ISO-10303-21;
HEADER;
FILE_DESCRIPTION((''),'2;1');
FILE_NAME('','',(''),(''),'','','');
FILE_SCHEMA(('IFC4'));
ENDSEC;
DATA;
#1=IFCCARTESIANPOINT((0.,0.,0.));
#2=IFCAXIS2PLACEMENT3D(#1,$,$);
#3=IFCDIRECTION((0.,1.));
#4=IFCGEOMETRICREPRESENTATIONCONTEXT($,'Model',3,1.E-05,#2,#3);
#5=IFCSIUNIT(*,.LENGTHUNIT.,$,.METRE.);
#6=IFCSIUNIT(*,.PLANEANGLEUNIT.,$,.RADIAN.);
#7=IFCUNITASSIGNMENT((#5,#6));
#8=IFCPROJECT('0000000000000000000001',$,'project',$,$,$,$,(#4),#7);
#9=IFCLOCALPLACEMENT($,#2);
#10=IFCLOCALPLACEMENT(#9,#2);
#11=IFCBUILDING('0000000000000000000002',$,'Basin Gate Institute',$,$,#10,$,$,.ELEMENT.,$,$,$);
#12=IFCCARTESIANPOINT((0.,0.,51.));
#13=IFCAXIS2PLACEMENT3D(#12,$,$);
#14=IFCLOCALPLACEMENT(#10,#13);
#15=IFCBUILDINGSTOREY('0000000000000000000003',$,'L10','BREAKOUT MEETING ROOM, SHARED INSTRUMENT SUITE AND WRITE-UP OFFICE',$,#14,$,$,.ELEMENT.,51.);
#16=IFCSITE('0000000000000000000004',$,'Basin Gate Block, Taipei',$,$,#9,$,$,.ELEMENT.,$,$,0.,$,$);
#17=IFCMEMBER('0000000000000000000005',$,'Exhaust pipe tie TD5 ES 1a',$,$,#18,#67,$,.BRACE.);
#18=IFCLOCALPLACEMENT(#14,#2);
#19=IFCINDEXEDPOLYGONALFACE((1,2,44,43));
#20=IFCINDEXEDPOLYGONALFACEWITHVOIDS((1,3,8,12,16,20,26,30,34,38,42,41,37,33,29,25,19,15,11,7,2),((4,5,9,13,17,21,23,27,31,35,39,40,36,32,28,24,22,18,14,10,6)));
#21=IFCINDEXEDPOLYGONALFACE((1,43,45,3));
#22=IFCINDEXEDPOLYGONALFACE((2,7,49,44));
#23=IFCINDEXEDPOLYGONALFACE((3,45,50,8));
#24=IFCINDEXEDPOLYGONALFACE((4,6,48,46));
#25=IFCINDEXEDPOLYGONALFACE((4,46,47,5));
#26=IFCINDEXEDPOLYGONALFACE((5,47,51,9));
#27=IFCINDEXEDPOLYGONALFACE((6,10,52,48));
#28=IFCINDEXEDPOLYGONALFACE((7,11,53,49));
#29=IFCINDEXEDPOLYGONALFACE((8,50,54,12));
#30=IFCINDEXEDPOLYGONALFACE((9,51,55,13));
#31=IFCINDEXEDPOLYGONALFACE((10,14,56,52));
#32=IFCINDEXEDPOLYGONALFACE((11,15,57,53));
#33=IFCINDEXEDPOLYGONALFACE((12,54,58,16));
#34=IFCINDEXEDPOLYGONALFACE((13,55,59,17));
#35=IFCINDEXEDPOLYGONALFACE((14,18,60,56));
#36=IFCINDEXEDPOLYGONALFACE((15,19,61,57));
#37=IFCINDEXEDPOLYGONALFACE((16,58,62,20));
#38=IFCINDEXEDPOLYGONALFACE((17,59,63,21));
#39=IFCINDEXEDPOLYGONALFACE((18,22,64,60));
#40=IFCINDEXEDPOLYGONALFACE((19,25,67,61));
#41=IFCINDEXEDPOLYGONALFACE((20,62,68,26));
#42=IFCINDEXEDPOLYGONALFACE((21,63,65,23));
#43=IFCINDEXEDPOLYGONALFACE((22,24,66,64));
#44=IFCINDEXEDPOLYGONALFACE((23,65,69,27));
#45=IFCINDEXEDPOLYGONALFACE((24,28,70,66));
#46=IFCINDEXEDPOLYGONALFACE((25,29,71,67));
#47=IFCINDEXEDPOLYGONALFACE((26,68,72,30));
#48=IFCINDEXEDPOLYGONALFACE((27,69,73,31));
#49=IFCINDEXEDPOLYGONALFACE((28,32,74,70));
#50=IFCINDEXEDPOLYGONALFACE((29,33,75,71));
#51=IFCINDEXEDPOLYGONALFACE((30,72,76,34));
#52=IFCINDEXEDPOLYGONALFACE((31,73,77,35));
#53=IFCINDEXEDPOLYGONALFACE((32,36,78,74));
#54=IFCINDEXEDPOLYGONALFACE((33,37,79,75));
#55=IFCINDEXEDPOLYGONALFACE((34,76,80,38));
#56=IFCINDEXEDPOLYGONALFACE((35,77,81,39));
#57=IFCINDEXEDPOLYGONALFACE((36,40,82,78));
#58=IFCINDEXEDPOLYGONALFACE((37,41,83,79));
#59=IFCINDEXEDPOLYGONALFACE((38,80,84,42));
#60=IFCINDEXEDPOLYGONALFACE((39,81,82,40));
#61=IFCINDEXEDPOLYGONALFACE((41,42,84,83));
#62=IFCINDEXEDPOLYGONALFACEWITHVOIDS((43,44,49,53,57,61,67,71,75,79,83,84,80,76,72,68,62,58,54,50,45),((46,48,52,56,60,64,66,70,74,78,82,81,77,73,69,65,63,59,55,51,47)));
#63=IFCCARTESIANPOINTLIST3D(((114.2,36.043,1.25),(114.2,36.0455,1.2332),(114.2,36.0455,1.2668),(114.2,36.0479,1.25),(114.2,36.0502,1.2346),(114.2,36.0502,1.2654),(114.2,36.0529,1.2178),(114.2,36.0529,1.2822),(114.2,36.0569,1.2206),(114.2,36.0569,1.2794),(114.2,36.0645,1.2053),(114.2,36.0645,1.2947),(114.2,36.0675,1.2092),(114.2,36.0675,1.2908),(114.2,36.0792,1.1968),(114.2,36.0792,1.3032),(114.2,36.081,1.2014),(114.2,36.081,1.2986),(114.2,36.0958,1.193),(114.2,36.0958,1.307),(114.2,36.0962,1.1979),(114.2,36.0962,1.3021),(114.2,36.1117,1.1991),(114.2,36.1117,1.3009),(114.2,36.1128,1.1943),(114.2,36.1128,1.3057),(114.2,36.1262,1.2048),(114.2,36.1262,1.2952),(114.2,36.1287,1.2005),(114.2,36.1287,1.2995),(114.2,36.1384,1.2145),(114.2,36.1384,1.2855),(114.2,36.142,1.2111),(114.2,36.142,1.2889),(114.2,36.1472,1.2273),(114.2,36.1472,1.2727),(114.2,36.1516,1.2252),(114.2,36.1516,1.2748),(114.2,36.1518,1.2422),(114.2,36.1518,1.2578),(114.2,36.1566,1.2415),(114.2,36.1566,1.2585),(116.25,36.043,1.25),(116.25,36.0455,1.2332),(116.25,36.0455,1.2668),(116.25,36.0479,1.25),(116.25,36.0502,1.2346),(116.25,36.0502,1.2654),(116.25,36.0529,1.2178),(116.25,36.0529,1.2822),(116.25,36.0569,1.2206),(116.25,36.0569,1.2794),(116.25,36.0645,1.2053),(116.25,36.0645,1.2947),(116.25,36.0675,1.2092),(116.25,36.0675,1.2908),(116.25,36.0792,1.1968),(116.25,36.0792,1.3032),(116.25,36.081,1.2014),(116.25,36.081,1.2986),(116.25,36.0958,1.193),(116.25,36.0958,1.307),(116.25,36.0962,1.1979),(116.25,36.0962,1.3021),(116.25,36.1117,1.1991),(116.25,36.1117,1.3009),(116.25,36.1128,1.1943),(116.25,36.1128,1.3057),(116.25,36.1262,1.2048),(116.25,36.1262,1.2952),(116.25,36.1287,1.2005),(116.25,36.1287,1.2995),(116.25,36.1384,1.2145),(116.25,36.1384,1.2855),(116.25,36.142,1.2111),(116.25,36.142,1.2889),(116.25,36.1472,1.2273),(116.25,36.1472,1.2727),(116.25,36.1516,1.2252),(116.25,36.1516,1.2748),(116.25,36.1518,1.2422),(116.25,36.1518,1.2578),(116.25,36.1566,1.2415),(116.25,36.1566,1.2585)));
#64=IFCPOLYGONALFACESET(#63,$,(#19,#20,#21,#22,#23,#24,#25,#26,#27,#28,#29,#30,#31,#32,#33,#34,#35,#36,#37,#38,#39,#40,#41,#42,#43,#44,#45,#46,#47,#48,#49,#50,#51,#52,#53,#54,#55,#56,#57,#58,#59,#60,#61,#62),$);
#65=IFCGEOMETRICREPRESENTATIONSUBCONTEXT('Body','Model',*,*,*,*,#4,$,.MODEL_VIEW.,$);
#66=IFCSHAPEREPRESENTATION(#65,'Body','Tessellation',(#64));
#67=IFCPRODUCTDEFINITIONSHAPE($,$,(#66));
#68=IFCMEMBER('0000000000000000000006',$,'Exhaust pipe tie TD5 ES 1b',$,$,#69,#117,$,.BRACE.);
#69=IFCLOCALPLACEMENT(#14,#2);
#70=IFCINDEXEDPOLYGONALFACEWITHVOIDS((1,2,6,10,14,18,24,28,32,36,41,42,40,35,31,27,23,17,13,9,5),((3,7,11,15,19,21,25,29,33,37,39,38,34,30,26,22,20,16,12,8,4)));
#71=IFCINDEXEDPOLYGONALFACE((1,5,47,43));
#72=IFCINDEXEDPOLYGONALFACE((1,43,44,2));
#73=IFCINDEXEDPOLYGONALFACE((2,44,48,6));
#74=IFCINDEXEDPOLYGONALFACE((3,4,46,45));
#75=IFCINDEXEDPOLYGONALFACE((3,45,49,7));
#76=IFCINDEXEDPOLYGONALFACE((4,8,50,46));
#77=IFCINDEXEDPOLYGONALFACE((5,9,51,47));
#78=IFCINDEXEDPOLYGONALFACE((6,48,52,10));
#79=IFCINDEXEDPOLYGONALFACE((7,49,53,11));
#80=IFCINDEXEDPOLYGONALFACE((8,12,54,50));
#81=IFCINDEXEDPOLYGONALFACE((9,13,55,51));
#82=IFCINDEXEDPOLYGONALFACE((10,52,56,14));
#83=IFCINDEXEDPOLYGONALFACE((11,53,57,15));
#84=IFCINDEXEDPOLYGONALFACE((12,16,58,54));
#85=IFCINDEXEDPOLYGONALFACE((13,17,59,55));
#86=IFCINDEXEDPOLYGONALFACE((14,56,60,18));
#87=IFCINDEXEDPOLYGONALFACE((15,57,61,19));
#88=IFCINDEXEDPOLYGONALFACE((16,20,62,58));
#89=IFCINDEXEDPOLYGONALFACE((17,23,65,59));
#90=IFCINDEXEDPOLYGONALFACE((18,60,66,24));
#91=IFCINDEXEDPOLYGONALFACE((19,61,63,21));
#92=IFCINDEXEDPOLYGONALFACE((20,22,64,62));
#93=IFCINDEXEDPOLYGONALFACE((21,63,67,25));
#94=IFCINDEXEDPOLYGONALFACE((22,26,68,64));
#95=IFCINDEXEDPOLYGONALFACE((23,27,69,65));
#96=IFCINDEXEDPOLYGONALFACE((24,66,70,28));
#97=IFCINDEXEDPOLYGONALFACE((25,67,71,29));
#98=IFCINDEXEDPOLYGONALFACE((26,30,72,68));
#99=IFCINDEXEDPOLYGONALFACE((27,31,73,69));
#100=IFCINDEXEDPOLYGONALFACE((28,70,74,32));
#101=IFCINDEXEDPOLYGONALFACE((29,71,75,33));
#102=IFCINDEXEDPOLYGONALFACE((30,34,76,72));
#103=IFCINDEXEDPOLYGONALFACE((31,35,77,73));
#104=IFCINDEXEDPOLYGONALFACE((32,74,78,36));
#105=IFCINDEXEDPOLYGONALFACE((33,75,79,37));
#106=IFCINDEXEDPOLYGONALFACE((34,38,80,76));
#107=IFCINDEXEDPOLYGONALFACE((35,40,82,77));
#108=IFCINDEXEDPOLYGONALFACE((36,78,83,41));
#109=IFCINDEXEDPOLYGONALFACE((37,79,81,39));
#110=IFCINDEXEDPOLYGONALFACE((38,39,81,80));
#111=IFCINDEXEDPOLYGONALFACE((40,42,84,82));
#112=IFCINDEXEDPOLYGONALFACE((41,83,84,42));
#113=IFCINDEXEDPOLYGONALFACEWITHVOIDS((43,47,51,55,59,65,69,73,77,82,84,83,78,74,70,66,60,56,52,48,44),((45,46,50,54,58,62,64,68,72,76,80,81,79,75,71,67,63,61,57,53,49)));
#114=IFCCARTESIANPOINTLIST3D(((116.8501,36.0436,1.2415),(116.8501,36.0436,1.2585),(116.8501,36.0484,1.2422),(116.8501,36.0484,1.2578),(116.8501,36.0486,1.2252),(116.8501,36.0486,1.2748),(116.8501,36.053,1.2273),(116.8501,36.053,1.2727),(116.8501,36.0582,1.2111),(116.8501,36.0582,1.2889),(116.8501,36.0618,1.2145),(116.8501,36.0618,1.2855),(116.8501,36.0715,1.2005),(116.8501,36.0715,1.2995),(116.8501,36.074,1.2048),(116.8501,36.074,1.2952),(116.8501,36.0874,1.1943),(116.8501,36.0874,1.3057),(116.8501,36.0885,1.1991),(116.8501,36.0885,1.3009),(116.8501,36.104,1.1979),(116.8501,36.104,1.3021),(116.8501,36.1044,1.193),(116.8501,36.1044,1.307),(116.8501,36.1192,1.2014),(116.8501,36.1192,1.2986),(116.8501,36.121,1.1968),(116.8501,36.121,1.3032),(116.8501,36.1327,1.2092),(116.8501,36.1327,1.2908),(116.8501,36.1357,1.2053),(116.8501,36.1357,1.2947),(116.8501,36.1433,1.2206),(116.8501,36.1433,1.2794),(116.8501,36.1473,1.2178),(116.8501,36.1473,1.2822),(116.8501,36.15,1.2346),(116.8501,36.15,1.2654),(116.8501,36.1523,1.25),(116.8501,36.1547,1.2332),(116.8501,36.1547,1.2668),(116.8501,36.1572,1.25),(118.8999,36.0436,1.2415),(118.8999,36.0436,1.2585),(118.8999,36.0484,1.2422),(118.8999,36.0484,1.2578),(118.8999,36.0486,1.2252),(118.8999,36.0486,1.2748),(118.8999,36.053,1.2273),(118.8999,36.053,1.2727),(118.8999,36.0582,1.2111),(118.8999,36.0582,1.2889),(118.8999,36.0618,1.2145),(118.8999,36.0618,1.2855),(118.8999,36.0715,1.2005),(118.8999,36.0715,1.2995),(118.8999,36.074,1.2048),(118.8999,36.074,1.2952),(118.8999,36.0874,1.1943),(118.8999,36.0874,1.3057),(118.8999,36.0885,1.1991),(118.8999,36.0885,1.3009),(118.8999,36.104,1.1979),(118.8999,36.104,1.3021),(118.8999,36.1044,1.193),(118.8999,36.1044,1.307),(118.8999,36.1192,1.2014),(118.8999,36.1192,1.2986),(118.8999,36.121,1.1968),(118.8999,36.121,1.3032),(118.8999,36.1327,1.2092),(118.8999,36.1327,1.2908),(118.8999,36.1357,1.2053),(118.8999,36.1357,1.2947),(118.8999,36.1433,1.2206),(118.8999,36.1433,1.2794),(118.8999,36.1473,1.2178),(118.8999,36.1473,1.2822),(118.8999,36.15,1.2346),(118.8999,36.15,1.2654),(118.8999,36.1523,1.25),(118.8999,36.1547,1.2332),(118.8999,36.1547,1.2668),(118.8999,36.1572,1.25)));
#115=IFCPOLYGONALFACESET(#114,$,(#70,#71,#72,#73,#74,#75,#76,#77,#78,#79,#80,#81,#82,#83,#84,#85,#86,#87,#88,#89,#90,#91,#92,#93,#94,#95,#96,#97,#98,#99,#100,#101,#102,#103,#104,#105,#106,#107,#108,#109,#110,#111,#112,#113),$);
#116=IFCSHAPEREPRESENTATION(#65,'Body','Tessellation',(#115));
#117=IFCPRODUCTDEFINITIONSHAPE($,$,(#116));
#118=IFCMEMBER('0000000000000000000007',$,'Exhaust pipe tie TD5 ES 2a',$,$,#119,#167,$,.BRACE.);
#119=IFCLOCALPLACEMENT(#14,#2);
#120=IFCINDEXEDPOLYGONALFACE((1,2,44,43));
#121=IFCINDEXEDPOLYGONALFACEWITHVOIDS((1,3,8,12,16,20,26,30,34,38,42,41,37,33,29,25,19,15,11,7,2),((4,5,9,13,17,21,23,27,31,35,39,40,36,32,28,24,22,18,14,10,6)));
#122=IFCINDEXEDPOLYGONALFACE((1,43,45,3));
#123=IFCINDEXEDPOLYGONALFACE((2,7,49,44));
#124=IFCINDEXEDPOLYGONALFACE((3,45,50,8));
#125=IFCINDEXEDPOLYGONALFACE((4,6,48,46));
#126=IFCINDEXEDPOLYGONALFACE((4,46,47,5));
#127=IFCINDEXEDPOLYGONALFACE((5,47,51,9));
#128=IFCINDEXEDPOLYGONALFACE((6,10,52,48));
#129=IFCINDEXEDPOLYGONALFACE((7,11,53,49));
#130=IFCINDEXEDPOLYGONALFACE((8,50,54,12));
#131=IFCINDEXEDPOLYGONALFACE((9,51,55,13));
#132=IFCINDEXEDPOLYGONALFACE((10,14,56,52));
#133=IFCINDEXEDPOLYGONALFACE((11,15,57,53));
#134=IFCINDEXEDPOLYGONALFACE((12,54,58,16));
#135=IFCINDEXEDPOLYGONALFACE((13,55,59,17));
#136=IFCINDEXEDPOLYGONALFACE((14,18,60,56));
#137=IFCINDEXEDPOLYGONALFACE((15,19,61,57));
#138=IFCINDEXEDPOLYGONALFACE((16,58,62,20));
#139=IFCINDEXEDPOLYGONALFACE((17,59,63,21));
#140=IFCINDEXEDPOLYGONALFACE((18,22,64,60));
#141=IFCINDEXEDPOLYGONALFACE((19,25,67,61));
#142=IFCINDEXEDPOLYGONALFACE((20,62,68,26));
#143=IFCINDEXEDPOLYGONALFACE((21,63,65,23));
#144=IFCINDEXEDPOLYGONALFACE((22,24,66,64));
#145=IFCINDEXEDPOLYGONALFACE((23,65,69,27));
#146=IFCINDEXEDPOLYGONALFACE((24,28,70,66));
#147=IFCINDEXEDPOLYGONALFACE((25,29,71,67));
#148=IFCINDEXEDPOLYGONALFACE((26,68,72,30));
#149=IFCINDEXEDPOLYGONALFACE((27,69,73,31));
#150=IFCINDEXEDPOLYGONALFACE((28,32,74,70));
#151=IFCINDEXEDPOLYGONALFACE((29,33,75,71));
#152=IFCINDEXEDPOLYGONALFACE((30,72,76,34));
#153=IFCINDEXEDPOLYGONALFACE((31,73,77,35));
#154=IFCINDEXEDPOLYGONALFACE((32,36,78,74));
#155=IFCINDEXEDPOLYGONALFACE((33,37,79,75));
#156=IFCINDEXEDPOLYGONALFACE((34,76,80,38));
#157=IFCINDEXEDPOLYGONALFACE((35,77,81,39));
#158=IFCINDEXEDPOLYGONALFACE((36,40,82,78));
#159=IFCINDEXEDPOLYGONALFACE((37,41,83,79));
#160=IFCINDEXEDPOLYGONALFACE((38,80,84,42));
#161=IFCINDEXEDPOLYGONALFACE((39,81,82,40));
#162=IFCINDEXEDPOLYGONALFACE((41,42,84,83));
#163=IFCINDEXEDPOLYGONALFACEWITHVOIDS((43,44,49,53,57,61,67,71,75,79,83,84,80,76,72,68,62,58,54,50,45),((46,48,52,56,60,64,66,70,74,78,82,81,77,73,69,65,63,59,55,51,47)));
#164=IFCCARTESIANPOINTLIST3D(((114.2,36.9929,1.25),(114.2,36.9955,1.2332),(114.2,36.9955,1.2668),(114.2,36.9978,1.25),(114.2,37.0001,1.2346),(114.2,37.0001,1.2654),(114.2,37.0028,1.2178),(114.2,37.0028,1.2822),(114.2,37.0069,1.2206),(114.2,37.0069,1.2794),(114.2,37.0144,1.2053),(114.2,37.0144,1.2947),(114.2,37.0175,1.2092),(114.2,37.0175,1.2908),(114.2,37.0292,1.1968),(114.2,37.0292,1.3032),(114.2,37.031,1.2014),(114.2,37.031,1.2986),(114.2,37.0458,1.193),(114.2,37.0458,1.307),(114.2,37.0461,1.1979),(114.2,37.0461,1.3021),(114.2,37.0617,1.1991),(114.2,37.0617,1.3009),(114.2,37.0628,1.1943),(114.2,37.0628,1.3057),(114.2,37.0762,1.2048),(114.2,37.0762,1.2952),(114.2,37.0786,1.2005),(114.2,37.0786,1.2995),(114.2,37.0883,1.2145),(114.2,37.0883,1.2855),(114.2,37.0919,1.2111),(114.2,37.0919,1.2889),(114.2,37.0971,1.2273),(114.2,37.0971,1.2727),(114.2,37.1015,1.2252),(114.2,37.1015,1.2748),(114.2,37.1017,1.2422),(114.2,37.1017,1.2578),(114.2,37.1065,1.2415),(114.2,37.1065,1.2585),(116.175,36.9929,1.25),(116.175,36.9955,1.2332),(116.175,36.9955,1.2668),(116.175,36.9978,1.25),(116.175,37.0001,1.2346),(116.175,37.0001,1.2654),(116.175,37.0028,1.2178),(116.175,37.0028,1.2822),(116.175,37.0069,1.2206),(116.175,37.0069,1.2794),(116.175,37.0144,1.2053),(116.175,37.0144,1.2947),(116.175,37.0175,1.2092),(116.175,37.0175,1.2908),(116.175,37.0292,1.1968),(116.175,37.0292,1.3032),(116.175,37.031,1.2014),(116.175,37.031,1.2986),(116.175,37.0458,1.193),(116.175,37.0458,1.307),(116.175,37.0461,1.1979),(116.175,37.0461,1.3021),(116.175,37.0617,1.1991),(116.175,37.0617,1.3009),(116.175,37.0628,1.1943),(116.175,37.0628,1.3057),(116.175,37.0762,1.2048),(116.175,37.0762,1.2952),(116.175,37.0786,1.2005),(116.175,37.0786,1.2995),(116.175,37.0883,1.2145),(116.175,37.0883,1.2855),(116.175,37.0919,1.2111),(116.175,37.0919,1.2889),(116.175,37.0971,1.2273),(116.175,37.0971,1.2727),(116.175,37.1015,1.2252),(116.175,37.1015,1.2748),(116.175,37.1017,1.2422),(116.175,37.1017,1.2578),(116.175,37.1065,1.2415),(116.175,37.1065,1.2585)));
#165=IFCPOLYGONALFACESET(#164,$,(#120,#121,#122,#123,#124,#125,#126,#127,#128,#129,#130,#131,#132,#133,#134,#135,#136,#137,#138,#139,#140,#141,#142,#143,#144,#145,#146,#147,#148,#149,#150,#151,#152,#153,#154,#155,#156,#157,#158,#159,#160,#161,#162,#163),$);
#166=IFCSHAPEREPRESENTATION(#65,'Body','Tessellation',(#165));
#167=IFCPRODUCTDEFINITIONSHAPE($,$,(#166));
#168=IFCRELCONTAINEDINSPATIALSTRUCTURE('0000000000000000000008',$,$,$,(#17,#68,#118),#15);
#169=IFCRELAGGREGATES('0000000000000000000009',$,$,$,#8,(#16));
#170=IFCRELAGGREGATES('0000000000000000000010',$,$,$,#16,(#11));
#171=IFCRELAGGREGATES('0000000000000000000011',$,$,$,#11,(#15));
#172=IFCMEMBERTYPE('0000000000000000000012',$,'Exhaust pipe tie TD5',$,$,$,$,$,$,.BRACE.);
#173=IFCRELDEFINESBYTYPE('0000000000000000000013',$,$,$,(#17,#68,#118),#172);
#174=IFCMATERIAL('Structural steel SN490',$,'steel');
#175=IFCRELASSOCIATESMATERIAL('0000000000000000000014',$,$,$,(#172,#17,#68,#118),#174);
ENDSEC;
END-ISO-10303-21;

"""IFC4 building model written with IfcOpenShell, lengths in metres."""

from ifc_helpers import new_model, si_unit, direction, frame, origin, origin_2d, place, context, subcontext, project, spatial, hollow_circle, extrude, material, material_profile, profile_set, type_object, element, save


model = new_model("IFC4")

# Units and contexts
model_context = context("Model", 3, precision=1e-05, world=origin(), true_north=direction((0.0, 1.0)))
body_context = subcontext(model_context, "Body", "Model", "MODEL_VIEW")
ifc_project = project(units=[si_unit("LENGTHUNIT", "METRE"), si_unit("PLANEANGLEUNIT", "RADIAN")], contexts=[model_context])

# Site, building, storey
site_placement = place(None, origin())
site = spatial("IfcSite", under=ifc_project, at=site_placement, Name="Basin Gate Block, Taipei", CompositionType="ELEMENT", RefElevation=0.0)
building_placement = place(site_placement, origin())
building = spatial("IfcBuilding", under=site, at=building_placement, Name="Basin Gate Institute", CompositionType="ELEMENT")
storey_placement = place(building_placement, frame((0.0, 0.0, 51.0)))
storey = spatial("IfcBuildingStorey", under=building, at=storey_placement, Name="L10", Description="BREAKOUT MEETING ROOM, SHARED INSTRUMENT SUITE AND WRITE-UP OFFICE", CompositionType="ELEMENT", Elevation=51.0)

# Members
ifc_material_1 = material(Name="Structural steel SN490", Category="steel")
ifc_material_profile_1 = material_profile(ifc_material_1, hollow_circle(Radius=0.0571, WallThickness=0.0049, at=origin_2d()), Name="CHS114x5")
ifc_profile_set_1 = profile_set([ifc_material_profile_1], Name="Structural steel SN490")
member_type_1 = type_object("IfcMemberType", Name="Exhaust pipe tie TD5", PredefinedType="BRACE", material=ifc_profile_set_1)
member_1_placement = place(storey_placement, frame((116.25, 36.1001, 1.25), z_axis=(-1.0, 0.0, 0.0), x_axis=(0.0, -1.0, 0.0)))
element("IfcMember", 1, at=member_1_placement, inside=storey, type_object=member_type_1, material=ifc_profile_set_1, Name="Exhaust pipe tie TD5 ES 1a", PredefinedType="BRACE", context=body_context, shape_type="SweptSolid", body=[
    extrude(hollow_circle(Radius=0.0571, WallThickness=0.0049, at=origin_2d()), origin(), (0.0, 0.0, 1.0), 2.05),
])
member_2_placement = place(storey_placement, frame((116.8501, 36.1001, 1.25), z_axis=(1.0, 0.0, 0.0), x_axis=(0.0, 1.0, 0.0)))
element("IfcMember", 2, at=member_2_placement, inside=storey, type_object=member_type_1, material=ifc_profile_set_1, Name="Exhaust pipe tie TD5 ES 1b", PredefinedType="BRACE", context=body_context, shape_type="SweptSolid", body=[
    extrude(hollow_circle(Radius=0.0571, WallThickness=0.0049, at=origin_2d()), origin(), (0.0, 0.0, 1.0), 2.0498),
])
member_3_placement = place(storey_placement, frame((116.175, 37.05, 1.25), z_axis=(-1.0, 0.0, 0.0), x_axis=(0.0, -1.0, 0.0)))
element("IfcMember", 3, at=member_3_placement, inside=storey, type_object=member_type_1, material=ifc_profile_set_1, Name="Exhaust pipe tie TD5 ES 2a", PredefinedType="BRACE", context=body_context, shape_type="SweptSolid", body=[
    extrude(hollow_circle(Radius=0.0571, WallThickness=0.0049, at=origin_2d()), origin(), (0.0, 0.0, 1.0), 1.9751),
])

save(model, "model.ifc")
